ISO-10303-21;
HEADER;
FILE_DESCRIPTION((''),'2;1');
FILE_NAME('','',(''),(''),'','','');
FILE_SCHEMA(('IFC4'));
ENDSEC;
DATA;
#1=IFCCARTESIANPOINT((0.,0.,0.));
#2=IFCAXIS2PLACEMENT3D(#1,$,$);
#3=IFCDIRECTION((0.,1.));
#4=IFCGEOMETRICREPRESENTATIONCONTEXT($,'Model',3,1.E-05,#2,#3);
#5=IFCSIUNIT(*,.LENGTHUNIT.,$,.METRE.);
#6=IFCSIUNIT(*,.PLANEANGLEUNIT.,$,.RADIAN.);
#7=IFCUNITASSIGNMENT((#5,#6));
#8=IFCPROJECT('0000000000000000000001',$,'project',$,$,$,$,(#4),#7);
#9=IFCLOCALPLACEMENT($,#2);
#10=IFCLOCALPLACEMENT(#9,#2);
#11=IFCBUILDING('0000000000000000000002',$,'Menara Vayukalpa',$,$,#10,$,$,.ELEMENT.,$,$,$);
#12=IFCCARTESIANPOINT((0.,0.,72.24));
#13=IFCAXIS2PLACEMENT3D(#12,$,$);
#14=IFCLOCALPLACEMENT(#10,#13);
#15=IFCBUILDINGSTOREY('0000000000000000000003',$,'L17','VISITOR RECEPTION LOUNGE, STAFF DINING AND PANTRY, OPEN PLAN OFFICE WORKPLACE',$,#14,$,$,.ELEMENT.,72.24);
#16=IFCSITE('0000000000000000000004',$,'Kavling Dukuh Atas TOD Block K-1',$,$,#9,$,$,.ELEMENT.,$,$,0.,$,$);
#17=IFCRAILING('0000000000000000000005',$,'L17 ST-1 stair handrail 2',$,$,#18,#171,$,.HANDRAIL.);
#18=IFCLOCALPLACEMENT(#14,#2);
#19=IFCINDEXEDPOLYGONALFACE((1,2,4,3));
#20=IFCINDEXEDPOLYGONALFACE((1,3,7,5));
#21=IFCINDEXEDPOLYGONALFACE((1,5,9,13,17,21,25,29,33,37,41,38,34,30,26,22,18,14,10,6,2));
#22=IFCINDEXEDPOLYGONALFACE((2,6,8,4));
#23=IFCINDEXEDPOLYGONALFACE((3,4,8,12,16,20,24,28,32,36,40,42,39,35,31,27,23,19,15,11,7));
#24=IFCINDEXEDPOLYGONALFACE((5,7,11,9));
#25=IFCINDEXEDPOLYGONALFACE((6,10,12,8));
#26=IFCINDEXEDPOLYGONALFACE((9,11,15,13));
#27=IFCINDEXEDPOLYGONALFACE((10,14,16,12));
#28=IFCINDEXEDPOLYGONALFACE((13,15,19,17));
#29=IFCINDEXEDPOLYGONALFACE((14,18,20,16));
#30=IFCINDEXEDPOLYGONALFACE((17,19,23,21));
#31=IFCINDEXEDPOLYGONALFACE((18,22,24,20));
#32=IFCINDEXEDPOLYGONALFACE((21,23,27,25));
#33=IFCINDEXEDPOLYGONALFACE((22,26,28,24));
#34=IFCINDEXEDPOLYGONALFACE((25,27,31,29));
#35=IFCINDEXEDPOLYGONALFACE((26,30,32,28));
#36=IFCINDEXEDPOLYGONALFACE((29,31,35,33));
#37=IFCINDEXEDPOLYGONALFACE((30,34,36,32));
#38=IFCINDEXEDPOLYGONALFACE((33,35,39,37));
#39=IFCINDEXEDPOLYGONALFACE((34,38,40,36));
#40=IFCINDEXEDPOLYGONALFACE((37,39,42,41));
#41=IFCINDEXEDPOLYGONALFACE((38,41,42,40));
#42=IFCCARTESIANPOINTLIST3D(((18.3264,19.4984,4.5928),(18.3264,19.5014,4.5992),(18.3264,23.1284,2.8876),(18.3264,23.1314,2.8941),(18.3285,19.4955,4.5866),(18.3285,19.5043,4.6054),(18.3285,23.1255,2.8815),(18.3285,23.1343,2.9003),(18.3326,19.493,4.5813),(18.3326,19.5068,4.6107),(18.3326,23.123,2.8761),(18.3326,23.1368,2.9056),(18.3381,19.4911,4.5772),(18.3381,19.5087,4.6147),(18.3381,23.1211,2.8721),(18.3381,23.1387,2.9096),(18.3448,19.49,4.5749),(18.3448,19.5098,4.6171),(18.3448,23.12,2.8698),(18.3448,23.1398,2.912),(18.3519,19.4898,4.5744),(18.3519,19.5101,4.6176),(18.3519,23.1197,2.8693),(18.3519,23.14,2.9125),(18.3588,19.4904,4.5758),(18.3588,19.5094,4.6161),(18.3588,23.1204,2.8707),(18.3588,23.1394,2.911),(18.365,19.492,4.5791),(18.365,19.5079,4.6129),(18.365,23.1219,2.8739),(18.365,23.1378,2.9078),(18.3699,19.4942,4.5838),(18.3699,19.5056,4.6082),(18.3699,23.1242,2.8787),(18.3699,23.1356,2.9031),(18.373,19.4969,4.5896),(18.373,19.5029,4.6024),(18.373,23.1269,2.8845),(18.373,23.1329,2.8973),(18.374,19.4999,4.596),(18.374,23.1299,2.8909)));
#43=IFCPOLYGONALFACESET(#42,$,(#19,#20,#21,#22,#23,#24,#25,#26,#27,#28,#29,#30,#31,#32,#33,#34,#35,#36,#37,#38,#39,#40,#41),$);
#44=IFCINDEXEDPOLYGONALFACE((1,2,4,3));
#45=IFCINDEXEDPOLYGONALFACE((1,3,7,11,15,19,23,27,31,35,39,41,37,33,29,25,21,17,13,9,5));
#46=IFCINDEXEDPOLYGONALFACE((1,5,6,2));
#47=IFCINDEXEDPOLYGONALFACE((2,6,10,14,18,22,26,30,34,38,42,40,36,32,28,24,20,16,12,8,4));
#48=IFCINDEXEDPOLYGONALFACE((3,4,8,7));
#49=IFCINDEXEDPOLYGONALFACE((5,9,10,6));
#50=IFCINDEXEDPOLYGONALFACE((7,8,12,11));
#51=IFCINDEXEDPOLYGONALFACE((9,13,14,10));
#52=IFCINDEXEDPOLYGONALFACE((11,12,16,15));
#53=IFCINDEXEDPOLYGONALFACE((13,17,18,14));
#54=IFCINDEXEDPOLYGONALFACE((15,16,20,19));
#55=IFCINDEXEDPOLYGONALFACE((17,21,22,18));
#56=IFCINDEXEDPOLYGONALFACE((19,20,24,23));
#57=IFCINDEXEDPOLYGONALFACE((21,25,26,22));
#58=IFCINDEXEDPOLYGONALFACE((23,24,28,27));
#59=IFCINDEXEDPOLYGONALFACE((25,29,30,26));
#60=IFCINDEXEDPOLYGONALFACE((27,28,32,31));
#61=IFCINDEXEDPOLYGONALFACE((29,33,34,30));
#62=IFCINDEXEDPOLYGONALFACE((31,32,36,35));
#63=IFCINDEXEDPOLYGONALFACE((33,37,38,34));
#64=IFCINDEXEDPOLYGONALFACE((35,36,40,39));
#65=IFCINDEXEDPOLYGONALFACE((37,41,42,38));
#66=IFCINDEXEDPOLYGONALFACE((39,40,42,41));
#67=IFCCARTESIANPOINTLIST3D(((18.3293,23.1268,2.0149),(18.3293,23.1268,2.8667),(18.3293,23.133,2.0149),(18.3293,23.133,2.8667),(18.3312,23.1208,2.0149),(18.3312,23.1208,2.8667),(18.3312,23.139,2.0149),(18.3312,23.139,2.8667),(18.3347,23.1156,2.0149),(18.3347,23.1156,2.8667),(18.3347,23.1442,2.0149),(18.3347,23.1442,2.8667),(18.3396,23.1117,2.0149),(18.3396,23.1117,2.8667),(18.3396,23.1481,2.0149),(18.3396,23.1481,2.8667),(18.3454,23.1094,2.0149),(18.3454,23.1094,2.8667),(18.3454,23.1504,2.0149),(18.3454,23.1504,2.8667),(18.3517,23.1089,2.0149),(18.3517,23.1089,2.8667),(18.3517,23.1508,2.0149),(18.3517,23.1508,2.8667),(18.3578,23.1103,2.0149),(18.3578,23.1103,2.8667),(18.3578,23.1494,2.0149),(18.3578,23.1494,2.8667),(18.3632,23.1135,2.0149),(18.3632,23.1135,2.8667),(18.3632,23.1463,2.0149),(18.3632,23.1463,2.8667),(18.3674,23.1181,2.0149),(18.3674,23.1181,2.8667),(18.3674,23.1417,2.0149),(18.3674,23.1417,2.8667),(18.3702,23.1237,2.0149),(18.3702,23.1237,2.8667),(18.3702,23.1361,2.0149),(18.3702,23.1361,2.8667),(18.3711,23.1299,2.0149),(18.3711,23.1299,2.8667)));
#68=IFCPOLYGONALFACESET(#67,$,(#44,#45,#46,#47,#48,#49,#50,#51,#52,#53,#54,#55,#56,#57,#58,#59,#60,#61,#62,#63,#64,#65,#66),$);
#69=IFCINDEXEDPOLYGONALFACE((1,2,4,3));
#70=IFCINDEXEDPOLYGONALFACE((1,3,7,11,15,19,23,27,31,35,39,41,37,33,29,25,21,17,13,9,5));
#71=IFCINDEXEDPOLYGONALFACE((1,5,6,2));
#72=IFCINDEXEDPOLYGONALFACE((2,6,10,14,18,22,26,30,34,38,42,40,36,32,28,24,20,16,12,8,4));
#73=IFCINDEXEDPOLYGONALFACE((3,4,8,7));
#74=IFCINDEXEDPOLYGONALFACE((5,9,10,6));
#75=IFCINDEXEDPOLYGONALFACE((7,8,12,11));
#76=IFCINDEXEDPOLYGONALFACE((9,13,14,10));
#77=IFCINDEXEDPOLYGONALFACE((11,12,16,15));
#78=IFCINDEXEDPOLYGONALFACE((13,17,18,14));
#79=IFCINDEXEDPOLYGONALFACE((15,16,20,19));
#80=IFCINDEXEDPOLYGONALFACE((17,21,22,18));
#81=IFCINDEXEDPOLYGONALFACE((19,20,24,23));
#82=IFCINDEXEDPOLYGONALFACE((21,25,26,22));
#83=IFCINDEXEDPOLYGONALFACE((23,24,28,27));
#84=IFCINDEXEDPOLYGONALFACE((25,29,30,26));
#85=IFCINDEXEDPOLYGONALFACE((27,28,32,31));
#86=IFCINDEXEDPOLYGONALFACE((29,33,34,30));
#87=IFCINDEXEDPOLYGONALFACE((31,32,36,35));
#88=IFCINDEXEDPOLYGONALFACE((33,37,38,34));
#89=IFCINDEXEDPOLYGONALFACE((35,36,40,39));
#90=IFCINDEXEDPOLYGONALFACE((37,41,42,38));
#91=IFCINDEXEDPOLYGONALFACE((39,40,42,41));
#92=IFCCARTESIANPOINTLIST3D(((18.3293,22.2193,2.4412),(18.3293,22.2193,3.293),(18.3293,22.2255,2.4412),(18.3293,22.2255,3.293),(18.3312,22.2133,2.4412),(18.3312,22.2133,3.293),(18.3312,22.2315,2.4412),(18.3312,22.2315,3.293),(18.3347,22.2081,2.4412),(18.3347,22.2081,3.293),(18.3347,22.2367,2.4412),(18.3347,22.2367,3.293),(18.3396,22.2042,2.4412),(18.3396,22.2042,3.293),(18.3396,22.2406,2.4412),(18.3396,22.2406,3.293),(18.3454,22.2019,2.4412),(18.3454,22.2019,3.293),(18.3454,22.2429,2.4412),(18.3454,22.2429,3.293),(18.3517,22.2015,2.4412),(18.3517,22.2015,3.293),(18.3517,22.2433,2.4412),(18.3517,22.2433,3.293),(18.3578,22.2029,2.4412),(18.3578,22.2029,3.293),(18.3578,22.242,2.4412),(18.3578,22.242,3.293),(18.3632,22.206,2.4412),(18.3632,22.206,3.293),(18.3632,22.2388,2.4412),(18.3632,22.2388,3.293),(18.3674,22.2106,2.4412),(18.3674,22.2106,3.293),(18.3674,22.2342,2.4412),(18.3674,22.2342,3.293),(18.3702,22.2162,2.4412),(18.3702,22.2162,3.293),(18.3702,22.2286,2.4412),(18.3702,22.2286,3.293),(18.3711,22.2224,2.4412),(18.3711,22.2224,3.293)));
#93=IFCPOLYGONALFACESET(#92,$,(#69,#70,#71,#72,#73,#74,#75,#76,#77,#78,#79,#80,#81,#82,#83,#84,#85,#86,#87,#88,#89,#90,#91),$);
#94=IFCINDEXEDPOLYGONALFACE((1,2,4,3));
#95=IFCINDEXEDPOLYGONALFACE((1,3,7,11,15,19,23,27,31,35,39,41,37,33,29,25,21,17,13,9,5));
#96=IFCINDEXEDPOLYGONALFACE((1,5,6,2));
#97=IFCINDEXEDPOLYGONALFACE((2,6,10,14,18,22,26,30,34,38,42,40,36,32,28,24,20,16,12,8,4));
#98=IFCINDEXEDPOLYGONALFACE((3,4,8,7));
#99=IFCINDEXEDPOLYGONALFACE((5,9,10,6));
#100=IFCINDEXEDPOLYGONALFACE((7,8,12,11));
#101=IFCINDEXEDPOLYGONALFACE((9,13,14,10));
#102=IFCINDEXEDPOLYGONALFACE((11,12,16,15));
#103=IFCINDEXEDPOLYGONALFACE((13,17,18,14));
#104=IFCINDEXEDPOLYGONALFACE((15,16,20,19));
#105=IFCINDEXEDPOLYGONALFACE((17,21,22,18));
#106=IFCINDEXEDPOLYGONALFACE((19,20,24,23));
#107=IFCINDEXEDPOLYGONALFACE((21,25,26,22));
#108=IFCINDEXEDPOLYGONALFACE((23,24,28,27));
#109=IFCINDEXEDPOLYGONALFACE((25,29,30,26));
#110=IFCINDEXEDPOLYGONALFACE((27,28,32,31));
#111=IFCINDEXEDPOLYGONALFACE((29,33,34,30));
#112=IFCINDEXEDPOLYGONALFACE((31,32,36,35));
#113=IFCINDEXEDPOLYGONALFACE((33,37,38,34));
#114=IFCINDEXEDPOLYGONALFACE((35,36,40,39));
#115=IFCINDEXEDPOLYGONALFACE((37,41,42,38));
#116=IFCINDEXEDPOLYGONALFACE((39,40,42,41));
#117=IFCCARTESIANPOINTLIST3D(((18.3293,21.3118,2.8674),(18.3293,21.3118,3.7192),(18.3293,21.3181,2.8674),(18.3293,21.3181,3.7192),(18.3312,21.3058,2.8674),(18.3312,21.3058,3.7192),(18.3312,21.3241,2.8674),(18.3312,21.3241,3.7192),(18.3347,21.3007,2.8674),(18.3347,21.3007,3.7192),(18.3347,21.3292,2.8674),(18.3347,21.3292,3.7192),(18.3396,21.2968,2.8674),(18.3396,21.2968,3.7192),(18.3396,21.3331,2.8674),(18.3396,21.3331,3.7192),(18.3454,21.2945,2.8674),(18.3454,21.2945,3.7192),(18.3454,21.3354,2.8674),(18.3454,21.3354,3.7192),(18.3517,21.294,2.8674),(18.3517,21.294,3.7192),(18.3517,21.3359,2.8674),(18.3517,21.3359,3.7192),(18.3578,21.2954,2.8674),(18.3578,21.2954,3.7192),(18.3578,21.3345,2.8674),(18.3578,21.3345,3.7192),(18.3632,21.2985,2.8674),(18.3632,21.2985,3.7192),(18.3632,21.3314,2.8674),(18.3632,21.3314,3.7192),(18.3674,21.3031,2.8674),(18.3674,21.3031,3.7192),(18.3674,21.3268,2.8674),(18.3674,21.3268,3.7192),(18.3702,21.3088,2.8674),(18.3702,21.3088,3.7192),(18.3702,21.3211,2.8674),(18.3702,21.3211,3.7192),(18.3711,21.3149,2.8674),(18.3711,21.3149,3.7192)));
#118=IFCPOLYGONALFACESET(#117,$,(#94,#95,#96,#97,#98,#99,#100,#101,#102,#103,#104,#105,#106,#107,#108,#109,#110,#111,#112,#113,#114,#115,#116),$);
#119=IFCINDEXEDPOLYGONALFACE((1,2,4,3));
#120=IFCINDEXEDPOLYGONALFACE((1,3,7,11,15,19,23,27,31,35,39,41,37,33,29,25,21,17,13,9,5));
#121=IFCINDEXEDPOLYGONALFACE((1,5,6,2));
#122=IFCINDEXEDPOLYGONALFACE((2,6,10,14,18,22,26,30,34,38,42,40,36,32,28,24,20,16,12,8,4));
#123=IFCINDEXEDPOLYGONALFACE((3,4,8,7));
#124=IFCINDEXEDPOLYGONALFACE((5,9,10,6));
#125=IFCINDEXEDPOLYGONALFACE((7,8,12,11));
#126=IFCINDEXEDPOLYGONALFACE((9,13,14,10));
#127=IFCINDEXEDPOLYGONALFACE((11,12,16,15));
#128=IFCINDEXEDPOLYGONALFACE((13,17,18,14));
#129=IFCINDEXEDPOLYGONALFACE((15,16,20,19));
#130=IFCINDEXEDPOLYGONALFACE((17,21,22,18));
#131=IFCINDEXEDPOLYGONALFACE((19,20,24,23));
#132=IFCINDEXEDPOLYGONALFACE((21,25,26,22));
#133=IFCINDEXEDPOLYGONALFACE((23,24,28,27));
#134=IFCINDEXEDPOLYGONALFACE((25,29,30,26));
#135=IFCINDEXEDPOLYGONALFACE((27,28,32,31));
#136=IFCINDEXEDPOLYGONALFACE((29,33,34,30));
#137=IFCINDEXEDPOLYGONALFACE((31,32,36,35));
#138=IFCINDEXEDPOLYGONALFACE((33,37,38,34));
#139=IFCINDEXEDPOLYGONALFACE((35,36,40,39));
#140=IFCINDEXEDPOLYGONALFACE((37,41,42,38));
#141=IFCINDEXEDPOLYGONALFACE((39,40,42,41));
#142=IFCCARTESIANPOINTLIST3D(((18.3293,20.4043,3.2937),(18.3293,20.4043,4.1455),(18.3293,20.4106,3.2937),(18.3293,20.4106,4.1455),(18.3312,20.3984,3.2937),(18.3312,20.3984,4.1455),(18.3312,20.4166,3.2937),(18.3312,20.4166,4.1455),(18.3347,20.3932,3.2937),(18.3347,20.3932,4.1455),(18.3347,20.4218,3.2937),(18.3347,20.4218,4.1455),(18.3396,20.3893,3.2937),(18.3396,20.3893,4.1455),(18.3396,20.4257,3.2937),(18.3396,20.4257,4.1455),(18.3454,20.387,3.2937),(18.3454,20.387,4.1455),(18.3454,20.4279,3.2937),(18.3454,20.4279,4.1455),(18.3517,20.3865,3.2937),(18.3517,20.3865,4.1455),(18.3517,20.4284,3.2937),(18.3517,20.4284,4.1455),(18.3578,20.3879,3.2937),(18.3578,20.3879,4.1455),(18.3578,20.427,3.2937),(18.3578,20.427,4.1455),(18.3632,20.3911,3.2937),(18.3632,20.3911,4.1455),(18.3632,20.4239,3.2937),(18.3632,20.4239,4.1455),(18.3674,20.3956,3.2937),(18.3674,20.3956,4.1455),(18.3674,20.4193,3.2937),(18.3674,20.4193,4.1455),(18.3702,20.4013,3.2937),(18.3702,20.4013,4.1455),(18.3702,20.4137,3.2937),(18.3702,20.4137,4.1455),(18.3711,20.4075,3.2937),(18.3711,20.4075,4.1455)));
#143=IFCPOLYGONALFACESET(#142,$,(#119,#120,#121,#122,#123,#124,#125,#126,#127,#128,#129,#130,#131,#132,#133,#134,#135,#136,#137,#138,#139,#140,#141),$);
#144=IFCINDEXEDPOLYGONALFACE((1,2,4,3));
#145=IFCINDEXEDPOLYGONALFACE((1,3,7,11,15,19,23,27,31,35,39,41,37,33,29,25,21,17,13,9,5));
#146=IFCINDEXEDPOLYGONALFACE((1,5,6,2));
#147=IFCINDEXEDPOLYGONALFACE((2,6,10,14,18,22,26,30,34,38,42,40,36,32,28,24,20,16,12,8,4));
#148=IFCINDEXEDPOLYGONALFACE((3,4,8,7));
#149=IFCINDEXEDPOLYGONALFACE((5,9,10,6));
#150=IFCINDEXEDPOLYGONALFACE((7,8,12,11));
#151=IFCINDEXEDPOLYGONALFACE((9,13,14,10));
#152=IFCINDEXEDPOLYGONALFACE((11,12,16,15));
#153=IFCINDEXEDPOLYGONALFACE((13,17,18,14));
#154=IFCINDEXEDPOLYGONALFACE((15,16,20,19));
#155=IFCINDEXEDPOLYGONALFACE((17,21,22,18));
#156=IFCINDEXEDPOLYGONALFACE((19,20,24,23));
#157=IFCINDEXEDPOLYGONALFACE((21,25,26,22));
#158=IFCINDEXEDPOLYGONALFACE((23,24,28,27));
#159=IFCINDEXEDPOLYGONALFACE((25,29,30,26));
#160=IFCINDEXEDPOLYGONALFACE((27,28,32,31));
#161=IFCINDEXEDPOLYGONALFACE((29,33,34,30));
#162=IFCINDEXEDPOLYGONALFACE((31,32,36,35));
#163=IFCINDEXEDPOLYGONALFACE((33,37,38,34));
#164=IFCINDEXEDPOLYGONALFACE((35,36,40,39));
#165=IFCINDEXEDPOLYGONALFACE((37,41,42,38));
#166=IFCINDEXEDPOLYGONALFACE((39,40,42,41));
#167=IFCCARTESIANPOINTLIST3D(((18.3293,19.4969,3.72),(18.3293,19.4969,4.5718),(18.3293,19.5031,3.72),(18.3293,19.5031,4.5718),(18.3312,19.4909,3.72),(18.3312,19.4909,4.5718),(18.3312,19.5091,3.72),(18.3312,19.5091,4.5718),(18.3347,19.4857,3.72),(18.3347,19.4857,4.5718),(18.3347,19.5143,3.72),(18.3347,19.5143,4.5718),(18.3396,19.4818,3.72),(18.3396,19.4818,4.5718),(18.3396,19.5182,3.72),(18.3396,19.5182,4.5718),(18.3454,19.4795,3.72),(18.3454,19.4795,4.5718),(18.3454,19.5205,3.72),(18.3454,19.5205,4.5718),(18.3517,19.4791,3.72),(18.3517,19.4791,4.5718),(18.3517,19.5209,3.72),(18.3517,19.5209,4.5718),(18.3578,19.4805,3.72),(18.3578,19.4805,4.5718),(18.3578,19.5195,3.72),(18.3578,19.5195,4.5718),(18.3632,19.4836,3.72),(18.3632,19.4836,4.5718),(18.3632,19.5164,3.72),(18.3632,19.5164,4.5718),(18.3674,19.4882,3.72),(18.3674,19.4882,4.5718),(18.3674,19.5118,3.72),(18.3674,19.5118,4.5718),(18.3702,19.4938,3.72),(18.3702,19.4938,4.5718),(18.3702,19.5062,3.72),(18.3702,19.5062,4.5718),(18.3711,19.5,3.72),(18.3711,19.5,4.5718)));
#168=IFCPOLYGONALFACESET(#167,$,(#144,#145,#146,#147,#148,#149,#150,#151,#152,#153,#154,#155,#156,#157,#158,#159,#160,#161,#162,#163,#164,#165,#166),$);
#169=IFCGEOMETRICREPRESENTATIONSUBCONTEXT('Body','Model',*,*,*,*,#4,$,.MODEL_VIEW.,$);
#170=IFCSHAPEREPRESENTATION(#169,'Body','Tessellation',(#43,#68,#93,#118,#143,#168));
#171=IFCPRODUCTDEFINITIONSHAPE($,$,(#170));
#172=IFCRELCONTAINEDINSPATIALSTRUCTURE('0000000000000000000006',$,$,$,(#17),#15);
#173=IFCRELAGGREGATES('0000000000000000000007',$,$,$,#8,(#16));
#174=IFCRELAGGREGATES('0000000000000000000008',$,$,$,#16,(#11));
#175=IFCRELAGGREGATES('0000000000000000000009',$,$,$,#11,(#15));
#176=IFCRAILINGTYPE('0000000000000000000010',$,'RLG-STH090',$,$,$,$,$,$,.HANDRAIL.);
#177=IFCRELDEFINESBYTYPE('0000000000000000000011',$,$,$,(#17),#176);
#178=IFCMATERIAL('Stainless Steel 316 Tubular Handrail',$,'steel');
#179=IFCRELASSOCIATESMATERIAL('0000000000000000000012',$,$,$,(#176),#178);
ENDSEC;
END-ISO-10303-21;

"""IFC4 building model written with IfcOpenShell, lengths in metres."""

from ifc_helpers import new_model, si_unit, direction, frame, origin, origin_2d, place, context, subcontext, project, spatial, circle, extrude, material, type_object, element, save


model = new_model("IFC4")

# Units and contexts
model_context = context("Model", 3, precision=1e-05, world=origin(), true_north=direction((0.0, 1.0)))
body_context = subcontext(model_context, "Body", "Model", "MODEL_VIEW")
ifc_project = project(units=[si_unit("LENGTHUNIT", "METRE"), si_unit("PLANEANGLEUNIT", "RADIAN")], contexts=[model_context])

# Site, building, storey
site_placement = place(None, origin())
site = spatial("IfcSite", under=ifc_project, at=site_placement, Name="Kavling Dukuh Atas TOD Block K-1", CompositionType="ELEMENT", RefElevation=0.0)
building_placement = place(site_placement, origin())
building = spatial("IfcBuilding", under=site, at=building_placement, Name="Menara Vayukalpa", CompositionType="ELEMENT")
storey_placement = place(building_placement, frame((0.0, 0.0, 72.24)))
storey = spatial("IfcBuildingStorey", under=building, at=storey_placement, Name="L17", Description="VISITOR RECEPTION LOUNGE, STAFF DINING AND PANTRY, OPEN PLAN OFFICE WORKPLACE", CompositionType="ELEMENT", Elevation=72.24)

# Railing
ifc_material_1 = material(Name="Stainless Steel 316 Tubular Handrail", Category="steel")
railing_type_1 = type_object("IfcRailingType", Name="RLG-STH090", PredefinedType="HANDRAIL", material=ifc_material_1)
railing_1_placement = place(storey_placement, frame((18.3501, 23.1299, 2.0149)))
element("IfcRailing", 1, at=railing_1_placement, inside=storey, type_object=railing_type_1, Name="L17 ST-1 stair handrail 2", PredefinedType="HANDRAIL", context=body_context, shape_type="SweptSolid", body=[
    extrude(circle(Radius=0.0239, at=origin_2d()), frame((0.0, 0.0, 0.876), z_axis=(0.0, -0.905116, 0.425164), x_axis=(1.0, 0.0, 0.0)), (0.0, 0.0, 1.0), 4.0105),
    extrude(circle(Radius=0.021, at=origin_2d()), origin(), (0.0, 0.0, 1.0), 0.8518),
    extrude(circle(Radius=0.021, at=origin_2d()), frame((0.0, -0.9075, 0.4263)), (0.0, 0.0, 1.0), 0.8518),
    extrude(circle(Radius=0.021, at=origin_2d()), frame((0.0, -1.8149, 0.8525)), (0.0, 0.0, 1.0), 0.8518),
    extrude(circle(Radius=0.021, at=origin_2d()), frame((0.0, -2.7224, 1.2788)), (0.0, 0.0, 1.0), 0.8518),
    extrude(circle(Radius=0.021, at=origin_2d()), frame((0.0, -3.6299, 1.7051)), (0.0, 0.0, 1.0), 0.8518),
])

save(model, "model.ifc")
